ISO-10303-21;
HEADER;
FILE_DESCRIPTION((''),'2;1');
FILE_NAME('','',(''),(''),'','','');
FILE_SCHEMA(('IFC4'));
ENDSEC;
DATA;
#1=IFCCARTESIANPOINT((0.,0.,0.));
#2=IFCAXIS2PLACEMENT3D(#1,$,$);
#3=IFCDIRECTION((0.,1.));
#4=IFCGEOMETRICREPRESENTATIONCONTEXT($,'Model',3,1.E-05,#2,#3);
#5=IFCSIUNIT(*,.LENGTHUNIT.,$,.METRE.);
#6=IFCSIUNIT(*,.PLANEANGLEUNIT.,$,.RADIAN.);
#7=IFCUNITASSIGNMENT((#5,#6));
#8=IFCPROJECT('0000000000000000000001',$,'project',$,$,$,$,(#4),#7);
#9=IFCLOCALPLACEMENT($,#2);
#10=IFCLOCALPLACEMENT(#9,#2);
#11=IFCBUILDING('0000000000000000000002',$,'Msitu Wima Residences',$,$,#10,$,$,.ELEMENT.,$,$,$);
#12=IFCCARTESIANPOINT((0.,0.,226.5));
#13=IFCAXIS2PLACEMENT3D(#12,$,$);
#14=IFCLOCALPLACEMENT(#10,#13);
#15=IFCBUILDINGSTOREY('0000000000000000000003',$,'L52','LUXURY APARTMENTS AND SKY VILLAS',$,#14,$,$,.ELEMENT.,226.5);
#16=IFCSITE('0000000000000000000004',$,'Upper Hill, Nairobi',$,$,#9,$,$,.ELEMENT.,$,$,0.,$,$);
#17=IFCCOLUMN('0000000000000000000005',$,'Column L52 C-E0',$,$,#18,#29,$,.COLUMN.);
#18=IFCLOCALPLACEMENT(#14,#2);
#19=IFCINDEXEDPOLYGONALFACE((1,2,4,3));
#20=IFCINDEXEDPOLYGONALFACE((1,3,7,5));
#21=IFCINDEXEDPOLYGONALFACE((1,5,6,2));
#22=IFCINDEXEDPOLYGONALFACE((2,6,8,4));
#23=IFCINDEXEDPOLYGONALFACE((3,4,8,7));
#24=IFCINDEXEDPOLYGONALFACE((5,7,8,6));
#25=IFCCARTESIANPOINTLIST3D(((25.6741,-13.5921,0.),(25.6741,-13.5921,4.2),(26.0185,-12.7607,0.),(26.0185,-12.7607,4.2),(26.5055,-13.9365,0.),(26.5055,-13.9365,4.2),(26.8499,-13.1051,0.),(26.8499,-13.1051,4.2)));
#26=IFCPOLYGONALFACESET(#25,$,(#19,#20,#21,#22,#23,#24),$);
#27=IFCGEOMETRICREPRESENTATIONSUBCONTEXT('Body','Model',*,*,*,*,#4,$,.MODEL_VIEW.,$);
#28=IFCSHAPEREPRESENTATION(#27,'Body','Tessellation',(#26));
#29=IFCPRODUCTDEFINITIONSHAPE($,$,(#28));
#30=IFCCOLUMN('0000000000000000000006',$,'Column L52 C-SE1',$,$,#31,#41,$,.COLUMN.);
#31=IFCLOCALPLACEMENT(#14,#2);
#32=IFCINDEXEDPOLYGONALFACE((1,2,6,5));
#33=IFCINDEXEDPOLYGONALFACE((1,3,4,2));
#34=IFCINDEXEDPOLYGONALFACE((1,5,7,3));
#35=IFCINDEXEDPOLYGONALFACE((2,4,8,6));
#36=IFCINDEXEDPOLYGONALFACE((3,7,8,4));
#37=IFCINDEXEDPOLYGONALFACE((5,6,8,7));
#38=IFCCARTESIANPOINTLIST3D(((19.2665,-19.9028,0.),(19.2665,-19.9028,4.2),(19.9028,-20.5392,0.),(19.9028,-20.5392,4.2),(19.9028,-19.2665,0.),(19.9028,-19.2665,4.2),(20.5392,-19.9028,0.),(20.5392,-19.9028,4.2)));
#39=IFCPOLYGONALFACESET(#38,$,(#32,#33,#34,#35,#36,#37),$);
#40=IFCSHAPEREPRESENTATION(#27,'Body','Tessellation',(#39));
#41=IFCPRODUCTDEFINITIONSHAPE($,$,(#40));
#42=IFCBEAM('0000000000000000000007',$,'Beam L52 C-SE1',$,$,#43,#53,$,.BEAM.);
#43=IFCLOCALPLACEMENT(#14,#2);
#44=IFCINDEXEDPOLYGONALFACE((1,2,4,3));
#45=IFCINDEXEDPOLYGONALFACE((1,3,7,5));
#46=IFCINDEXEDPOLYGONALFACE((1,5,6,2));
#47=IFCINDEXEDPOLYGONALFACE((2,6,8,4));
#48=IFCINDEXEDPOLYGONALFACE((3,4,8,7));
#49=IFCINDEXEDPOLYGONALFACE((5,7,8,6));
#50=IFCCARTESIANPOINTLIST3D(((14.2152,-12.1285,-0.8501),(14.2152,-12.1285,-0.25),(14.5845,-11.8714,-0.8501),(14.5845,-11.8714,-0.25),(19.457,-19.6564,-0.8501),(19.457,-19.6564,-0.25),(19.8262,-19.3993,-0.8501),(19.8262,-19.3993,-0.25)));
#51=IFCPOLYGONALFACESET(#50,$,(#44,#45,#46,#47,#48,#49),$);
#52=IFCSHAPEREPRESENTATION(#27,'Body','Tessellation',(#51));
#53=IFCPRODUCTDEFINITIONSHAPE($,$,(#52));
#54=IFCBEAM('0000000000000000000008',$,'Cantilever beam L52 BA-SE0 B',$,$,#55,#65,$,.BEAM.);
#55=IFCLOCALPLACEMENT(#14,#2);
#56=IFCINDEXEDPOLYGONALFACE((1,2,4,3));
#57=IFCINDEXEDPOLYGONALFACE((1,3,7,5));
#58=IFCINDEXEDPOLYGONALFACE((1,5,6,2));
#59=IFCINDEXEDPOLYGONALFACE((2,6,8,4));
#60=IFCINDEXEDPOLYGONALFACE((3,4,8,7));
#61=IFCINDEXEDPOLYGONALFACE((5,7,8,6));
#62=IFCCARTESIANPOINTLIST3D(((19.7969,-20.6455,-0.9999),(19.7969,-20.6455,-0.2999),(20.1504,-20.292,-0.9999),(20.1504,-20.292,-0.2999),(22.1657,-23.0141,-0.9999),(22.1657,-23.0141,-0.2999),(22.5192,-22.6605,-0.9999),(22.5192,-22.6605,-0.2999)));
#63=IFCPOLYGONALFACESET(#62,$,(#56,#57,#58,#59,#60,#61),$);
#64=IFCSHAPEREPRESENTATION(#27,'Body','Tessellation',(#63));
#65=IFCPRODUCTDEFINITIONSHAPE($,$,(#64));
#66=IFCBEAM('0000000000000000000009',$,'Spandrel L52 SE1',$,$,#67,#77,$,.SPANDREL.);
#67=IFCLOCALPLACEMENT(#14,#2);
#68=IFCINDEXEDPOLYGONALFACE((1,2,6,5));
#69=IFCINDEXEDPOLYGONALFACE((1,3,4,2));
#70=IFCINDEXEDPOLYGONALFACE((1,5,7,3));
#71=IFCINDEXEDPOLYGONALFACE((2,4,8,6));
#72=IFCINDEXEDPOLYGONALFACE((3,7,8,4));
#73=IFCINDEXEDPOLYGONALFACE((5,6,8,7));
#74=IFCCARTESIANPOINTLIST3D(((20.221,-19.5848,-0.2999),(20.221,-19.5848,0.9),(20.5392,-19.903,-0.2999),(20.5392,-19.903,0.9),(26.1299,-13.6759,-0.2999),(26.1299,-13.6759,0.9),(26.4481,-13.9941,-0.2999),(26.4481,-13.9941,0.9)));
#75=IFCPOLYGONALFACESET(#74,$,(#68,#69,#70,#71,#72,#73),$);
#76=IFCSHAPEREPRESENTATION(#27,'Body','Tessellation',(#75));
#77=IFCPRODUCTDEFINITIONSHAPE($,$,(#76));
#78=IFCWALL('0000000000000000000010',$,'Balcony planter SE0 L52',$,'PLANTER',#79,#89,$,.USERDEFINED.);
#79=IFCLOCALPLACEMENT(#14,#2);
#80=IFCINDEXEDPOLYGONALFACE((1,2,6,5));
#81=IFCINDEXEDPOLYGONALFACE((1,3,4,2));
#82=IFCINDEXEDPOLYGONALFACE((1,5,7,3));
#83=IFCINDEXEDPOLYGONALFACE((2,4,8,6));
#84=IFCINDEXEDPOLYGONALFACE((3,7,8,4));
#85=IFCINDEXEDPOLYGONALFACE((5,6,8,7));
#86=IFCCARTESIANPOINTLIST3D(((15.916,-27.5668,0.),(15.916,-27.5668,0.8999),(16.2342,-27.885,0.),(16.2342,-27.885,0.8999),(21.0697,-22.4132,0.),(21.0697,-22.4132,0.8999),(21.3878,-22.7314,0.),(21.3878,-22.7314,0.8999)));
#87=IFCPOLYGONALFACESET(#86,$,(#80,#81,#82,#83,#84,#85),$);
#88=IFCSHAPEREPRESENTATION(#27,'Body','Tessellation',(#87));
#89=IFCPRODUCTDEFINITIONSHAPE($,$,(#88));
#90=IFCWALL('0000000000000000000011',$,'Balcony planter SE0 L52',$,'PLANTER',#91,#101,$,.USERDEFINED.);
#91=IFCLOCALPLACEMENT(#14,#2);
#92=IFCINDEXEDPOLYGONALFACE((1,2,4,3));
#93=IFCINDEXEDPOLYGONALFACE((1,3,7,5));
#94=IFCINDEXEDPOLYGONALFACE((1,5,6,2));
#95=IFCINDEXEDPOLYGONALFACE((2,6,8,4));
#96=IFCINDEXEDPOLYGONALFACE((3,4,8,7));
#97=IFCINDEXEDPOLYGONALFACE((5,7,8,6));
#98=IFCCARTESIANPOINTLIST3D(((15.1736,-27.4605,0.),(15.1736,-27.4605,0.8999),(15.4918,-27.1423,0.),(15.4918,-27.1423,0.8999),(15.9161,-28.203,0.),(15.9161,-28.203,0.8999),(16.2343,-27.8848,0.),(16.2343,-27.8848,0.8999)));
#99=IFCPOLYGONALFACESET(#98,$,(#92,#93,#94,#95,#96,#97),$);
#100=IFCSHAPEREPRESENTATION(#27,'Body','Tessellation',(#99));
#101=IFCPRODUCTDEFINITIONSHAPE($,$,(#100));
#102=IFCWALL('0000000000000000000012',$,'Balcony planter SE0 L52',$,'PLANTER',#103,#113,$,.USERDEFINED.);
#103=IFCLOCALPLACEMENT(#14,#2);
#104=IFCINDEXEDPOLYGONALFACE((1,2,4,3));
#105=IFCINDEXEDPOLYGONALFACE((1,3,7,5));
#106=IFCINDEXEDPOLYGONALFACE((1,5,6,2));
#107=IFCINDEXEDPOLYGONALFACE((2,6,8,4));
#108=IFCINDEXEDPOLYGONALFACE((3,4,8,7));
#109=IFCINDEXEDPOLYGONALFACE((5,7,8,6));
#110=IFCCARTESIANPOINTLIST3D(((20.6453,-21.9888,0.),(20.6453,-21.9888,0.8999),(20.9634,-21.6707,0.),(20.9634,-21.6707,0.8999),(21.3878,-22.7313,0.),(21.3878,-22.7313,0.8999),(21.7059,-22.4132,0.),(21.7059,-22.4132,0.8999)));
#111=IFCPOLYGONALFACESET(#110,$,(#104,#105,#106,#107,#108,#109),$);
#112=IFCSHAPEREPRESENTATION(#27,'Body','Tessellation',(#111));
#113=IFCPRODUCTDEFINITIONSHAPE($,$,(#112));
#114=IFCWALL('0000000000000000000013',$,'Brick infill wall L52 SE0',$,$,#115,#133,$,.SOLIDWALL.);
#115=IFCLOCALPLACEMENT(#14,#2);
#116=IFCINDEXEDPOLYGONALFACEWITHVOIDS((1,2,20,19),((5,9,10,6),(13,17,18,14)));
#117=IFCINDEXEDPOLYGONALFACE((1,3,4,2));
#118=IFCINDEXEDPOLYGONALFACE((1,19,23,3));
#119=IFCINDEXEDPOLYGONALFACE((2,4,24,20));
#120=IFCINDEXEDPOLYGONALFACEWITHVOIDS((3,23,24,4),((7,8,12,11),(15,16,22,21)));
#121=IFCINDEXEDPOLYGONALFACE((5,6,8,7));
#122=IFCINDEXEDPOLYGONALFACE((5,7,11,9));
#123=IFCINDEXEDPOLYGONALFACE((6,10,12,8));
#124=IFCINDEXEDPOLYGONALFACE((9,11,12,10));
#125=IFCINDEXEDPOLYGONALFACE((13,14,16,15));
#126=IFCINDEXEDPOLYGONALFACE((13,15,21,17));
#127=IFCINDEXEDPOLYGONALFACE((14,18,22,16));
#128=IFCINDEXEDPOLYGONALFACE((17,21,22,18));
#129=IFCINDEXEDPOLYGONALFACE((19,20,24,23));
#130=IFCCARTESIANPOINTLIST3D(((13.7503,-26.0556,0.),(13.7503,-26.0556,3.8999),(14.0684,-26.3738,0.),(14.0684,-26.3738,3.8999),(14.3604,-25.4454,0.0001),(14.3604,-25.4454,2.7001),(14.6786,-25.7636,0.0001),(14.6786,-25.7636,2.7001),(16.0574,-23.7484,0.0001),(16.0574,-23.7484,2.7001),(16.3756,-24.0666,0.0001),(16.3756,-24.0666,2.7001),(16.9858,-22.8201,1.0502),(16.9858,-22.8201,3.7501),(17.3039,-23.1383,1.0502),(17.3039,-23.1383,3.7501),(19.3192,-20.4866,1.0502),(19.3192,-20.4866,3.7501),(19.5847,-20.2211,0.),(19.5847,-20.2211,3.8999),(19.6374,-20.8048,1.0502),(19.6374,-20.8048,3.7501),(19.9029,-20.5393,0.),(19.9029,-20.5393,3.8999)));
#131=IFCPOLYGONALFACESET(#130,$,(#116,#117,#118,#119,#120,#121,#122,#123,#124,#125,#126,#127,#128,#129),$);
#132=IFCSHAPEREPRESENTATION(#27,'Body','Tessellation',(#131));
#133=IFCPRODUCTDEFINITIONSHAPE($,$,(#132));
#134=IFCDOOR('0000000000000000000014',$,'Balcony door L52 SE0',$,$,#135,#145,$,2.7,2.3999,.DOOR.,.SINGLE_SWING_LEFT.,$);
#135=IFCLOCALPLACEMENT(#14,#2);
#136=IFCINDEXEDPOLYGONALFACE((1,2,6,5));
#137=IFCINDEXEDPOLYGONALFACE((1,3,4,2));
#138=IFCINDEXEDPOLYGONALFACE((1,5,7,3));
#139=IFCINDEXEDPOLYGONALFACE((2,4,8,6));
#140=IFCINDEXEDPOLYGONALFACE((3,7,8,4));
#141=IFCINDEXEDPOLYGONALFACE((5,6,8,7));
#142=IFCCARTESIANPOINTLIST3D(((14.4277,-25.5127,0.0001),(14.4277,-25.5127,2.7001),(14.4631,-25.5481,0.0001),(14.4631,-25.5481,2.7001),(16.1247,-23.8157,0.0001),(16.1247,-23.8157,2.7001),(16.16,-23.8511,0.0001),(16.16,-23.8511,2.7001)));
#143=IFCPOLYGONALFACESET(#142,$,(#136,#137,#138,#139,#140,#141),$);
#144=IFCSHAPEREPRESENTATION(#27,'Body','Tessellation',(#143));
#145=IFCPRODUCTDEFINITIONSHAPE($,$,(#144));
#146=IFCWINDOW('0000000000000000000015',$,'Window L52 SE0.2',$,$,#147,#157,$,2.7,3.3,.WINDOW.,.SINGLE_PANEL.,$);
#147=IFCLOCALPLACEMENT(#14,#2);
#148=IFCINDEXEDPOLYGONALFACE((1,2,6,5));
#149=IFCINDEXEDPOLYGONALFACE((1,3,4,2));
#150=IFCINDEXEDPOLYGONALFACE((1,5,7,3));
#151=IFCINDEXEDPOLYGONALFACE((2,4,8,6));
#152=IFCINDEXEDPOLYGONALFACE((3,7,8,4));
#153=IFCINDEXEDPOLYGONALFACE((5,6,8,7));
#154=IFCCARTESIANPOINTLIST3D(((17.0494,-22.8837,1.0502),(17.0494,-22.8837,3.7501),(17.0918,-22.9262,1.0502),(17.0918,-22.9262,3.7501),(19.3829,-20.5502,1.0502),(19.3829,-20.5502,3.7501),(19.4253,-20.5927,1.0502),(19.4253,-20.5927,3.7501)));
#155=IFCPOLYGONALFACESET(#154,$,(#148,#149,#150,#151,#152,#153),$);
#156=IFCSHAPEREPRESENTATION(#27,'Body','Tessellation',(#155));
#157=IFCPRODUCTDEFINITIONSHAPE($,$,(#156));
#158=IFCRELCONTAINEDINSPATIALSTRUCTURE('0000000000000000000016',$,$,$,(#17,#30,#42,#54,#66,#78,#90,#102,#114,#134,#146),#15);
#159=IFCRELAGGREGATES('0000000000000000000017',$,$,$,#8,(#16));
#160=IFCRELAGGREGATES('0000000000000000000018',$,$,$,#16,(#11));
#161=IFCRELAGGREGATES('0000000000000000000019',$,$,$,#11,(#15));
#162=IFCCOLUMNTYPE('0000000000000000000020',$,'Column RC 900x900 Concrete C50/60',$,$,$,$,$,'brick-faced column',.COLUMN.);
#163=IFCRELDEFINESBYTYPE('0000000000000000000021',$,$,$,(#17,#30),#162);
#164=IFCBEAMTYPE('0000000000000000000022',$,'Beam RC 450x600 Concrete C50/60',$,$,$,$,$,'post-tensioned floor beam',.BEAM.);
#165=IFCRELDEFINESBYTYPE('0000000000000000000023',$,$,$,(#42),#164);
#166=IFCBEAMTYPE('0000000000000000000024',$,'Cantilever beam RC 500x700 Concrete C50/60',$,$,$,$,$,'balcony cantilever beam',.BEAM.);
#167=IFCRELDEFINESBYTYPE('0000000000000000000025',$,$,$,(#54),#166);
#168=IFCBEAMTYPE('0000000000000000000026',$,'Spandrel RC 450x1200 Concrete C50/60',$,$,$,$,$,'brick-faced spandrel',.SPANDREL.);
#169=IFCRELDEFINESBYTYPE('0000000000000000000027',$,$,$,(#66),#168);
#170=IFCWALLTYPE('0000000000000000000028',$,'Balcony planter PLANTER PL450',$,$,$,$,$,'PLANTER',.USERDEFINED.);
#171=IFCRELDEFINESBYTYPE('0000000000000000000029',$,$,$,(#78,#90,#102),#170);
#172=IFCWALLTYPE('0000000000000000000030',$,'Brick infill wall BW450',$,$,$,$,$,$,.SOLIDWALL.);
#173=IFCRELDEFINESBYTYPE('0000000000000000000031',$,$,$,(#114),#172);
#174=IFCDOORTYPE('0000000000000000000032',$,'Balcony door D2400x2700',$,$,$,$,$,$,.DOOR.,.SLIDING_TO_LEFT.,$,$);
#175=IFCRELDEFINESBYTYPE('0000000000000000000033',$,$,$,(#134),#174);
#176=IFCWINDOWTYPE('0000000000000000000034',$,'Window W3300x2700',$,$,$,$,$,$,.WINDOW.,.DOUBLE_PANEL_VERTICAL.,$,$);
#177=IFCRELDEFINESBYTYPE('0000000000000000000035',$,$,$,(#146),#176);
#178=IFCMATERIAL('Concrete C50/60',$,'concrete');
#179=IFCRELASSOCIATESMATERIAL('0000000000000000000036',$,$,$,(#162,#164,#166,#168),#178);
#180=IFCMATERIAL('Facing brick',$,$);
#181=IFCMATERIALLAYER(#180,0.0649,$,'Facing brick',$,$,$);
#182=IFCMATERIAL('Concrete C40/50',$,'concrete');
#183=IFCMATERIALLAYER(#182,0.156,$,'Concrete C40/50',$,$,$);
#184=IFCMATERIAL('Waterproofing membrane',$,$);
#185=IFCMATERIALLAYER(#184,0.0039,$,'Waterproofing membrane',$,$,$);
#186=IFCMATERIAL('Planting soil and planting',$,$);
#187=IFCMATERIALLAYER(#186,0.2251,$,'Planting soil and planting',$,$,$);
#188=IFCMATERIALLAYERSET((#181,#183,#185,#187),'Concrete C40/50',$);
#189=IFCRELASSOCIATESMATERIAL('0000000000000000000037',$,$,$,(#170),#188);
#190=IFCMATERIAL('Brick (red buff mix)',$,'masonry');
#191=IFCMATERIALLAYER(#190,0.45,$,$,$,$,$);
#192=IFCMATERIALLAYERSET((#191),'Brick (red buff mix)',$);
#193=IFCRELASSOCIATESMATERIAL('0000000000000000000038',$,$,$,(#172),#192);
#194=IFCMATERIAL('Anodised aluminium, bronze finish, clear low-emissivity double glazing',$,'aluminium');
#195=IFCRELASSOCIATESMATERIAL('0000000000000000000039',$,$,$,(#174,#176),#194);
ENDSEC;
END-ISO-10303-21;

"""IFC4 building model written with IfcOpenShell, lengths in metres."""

from ifc_helpers import new_model, si_unit, direction, frame, frame_2d, origin, origin_2d, place, context, subcontext, project, spatial, rectangle, extrude, material, layer, layer_set, material_profile, profile_set, type_object, element, fill, save


model = new_model("IFC4")

# Units and contexts
model_context = context("Model", 3, precision=1e-05, world=origin(), true_north=direction((0.0, 1.0)))
body_context = subcontext(model_context, "Body", "Model", "MODEL_VIEW")
ifc_project = project(units=[si_unit("LENGTHUNIT", "METRE"), si_unit("PLANEANGLEUNIT", "RADIAN")], contexts=[model_context])

# Site, building, storey
site_placement = place(None, origin())
site = spatial("IfcSite", under=ifc_project, at=site_placement, Name="Upper Hill, Nairobi", CompositionType="ELEMENT", RefElevation=0.0)
building_placement = place(site_placement, origin())
building = spatial("IfcBuilding", under=site, at=building_placement, Name="Msitu Wima Residences", CompositionType="ELEMENT")
storey_placement = place(building_placement, frame((0.0, 0.0, 226.5)))
storey = spatial("IfcBuildingStorey", under=building, at=storey_placement, Name="L52", Description="LUXURY APARTMENTS AND SKY VILLAS", CompositionType="ELEMENT", Elevation=226.5)

# Columns
ifc_material_1 = material(Name="Concrete C50/60", Category="concrete")
ifc_material_profile_1 = material_profile(ifc_material_1, rectangle(XDim=0.8999, YDim=0.8999, at=origin_2d()), Name="RC 900x900")
ifc_profile_set_1 = profile_set([ifc_material_profile_1], Name="Concrete C50/60")
column_type = type_object("IfcColumnType", Name="Column RC 900x900 Concrete C50/60", ElementType="brick-faced column", PredefinedType="COLUMN", material=ifc_profile_set_1)
for number, where, z_axis, x_axis, name in (
    (1, (26.262, -13.3486, 0.0), (0.0, 0.0, 1.0), (0.382683, 0.92388, 0.0), "Column L52 C-E0"),
    (2, (19.9028, -19.9028, 0.0), (0.0, 0.0, 1.0), (0.707107, 0.707107, 0.0), "Column L52 C-SE1"),
):
    element("IfcColumn", number, at=place(storey_placement, frame(where, z_axis=z_axis, x_axis=x_axis)), inside=storey, type_object=column_type, Name=name, PredefinedType="COLUMN", context=body_context, shape_type="SweptSolid", body=[
        extrude(rectangle(XDim=0.8999, YDim=0.8999, at=origin_2d()), origin(), (0.0, 0.0, 1.0), 4.2),
    ])

# Beams
ifc_material_profile_2 = material_profile(ifc_material_1, rectangle(XDim=0.45, YDim=0.6001, at=origin_2d()), Name="RC 450x600")
ifc_profile_set_2 = profile_set([ifc_material_profile_2], Name="Concrete C50/60")
beam_type_1 = type_object("IfcBeamType", Name="Beam RC 450x600 Concrete C50/60", ElementType="post-tensioned floor beam", PredefinedType="BEAM", material=ifc_profile_set_2)
beam_1_placement = place(storey_placement, frame((19.6416, -19.5278, -0.55), z_axis=(-0.571428, 0.820652, 0.0), x_axis=(-0.820652, -0.571428, 0.0)))
element("IfcBeam", 3, at=beam_1_placement, inside=storey, type_object=beam_type_1, Name="Beam L52 C-SE1", PredefinedType="BEAM", context=body_context, shape_type="SweptSolid", body=[
    extrude(rectangle(XDim=0.45, YDim=0.6001, at=origin_2d()), origin(), (0.0, 0.0, 1.0), 9.1731),
])
ifc_material_profile_3 = material_profile(ifc_material_1, rectangle(XDim=0.5, YDim=0.7, at=origin_2d()), Name="RC 500x700")
ifc_profile_set_3 = profile_set([ifc_material_profile_3], Name="Concrete C50/60")
beam_type_2 = type_object("IfcBeamType", Name="Cantilever beam RC 500x700 Concrete C50/60", ElementType="balcony cantilever beam", PredefinedType="BEAM", material=ifc_profile_set_3)
beam_2_placement = place(storey_placement, frame((19.9736, -20.4688, -0.6499), z_axis=(0.707143, -0.70707, 0.0), x_axis=(0.70707, 0.707143, 0.0)))
element("IfcBeam", 4, at=beam_2_placement, inside=storey, type_object=beam_type_2, Name="Cantilever beam L52 BA-SE0 B", PredefinedType="BEAM", context=body_context, shape_type="SweptSolid", body=[
    extrude(rectangle(XDim=0.5, YDim=0.7, at=origin_2d()), origin(), (0.0, 0.0, 1.0), 3.3499),
])
ifc_material_profile_4 = material_profile(ifc_material_1, rectangle(XDim=0.45, YDim=1.2, at=origin_2d()), Name="RC 450x1200")
ifc_profile_set_4 = profile_set([ifc_material_profile_4], Name="Concrete C50/60")
beam_type_3 = type_object("IfcBeamType", Name="Spandrel RC 450x1200 Concrete C50/60", ElementType="brick-faced spandrel", PredefinedType="SPANDREL", material=ifc_profile_set_4)
beam_3_placement = place(storey_placement, frame((20.3801, -19.7439, 0.3), z_axis=(0.707107, 0.707107, 0.0), x_axis=(-0.707107, 0.707107, 0.0)))
element("IfcBeam", 5, at=beam_3_placement, inside=storey, type_object=beam_type_3, Name="Spandrel L52 SE1", PredefinedType="SPANDREL", context=body_context, shape_type="SweptSolid", body=[
    extrude(rectangle(XDim=0.45, YDim=1.2, at=origin_2d()), origin(), (0.0, 0.0, 1.0), 8.3564),
])

# Walls
ifc_material_2 = material(Name="Facing brick")
ifc_layer_1 = layer(ifc_material_2, 0.0649, Name="Facing brick")
ifc_material_3 = material(Name="Concrete C40/50", Category="concrete")
ifc_layer_2 = layer(ifc_material_3, 0.156, Name="Concrete C40/50")
ifc_material_4 = material(Name="Waterproofing membrane")
ifc_layer_3 = layer(ifc_material_4, 0.0039, Name="Waterproofing membrane")
ifc_material_5 = material(Name="Planting soil and planting")
ifc_layer_4 = layer(ifc_material_5, 0.2251, Name="Planting soil and planting")
ifc_layer_set_1 = layer_set([ifc_layer_1, ifc_layer_2, ifc_layer_3, ifc_layer_4], Name="Concrete C40/50")
wall_type_1 = type_object("IfcWallType", Name="Balcony planter PLANTER PL450", ElementType="PLANTER", PredefinedType="USERDEFINED", material=ifc_layer_set_1)
wall_1_placement = place(storey_placement, frame((16.0752, -27.7258, 0.0), z_axis=(0.0, 0.0, 1.0), x_axis=(0.707107, 0.707107, 0.0)))
element("IfcWall", 6, at=wall_1_placement, inside=storey, type_object=wall_type_1, Name="Balcony planter SE0 L52", ObjectType="PLANTER", PredefinedType="USERDEFINED", context=body_context, shape_type="SweptSolid", body=[
    extrude(rectangle(XDim=7.2883, YDim=0.45, at=frame_2d((3.644, 0.0))), origin(), (0.0, 0.0, 1.0), 0.8999),
])
for number, where, z_axis, x_axis, name in (
    (7, (15.3328, -27.3015, 0.0), (0.0, 0.0, 1.0), (0.707107, -0.707107, 0.0), "Balcony planter SE0 L52"),
    (8, (20.8044, -21.8298, 0.0), (0.0, 0.0, 1.0), (0.707107, -0.707107, 0.0), "Balcony planter SE0 L52"),
):
    element("IfcWall", number, at=place(storey_placement, frame(where, z_axis=z_axis, x_axis=x_axis)), inside=storey, type_object=wall_type_1, Name=name, ObjectType="PLANTER", PredefinedType="USERDEFINED", context=body_context, shape_type="SweptSolid", body=[
        extrude(rectangle(XDim=1.05, YDim=0.45, at=frame_2d((0.5249, 0.0))), origin(), (0.0, 0.0, 1.0), 0.8999),
    ])

# Wall, openings, door, window
ifc_material_6 = material(Name="Brick (red buff mix)", Category="masonry")
ifc_layer_5 = layer(ifc_material_6, 0.45)
ifc_layer_set_2 = layer_set([ifc_layer_5], Name="Brick (red buff mix)")
wall_type_2 = type_object("IfcWallType", Name="Brick infill wall BW450", PredefinedType="SOLIDWALL", material=ifc_layer_set_2)
wall_2_placement = place(storey_placement, frame((13.9094, -26.2146, 0.0), z_axis=(0.0, 0.0, 1.0), x_axis=(0.707107, 0.707107, 0.0)))
wall_2 = element("IfcWall", 9, at=wall_2_placement, inside=storey, type_object=wall_type_2, Name="Brick infill wall L52 SE0", PredefinedType="SOLIDWALL", context=body_context, shape_type="SweptSolid", body=[
    extrude(rectangle(XDim=8.2512, YDim=0.45, at=frame_2d((4.1255, 0.0))), origin(), (0.0, 0.0, 1.0), 3.8999),
])
opening_1_placement = place(wall_2_placement, frame((0.8628, 0.0, 0.0)))
opening_1 = element("IfcOpeningElement", 10, at=opening_1_placement, cuts=wall_2, PredefinedType="OPENING", context=body_context, shape_type="SweptSolid", body=[
    extrude(rectangle(XDim=2.3999, YDim=2.7, at=frame_2d((1.2, 1.3501))), frame((0.0, 0.2349, 0.0), z_axis=(0.0, -1.0, 0.0), x_axis=(1.0, 0.0, 0.0)), (0.0, 0.0, 1.0), 0.47),
])
opening_2_placement = place(wall_2_placement, frame((4.5757, 0.0, 1.05)))
opening_2 = element("IfcOpeningElement", 11, at=opening_2_placement, cuts=wall_2, PredefinedType="OPENING", context=body_context, shape_type="SweptSolid", body=[
    extrude(rectangle(XDim=3.3, YDim=2.7, at=frame_2d((1.6499, 1.3501))), frame((0.0, 0.2349, 0.0), z_axis=(0.0, -1.0, 0.0), x_axis=(1.0, 0.0, 0.0)), (0.0, 0.0, 1.0), 0.47),
])
ifc_material_7 = material(Name="Anodised aluminium, bronze finish, clear low-emissivity double glazing", Category="aluminium")
door_type_1 = type_object("IfcDoorType", Name="Balcony door D2400x2700", OperationType="SLIDING_TO_LEFT", PredefinedType="DOOR", material=ifc_material_7)
door_1_placement = place(opening_1_placement, origin())
door_1 = element("IfcDoor", 12, at=door_1_placement, inside=storey, type_object=door_type_1, Name="Balcony door L52 SE0", OperationType="SINGLE_SWING_LEFT", OverallHeight=2.7, OverallWidth=2.3999, PredefinedType="DOOR", context=body_context, shape_type="SweptSolid", body=[
    extrude(rectangle(XDim=2.3999, YDim=2.7, at=frame_2d((1.2, 1.3501))), frame((0.0, 0.1299, 0.0), z_axis=(0.0, -1.0, 0.0), x_axis=(1.0, 0.0, 0.0)), (0.0, 0.0, 1.0), 0.05),
])
fill(opening_1, door_1)
window_type = type_object("IfcWindowType", Name="Window W3300x2700", PartitioningType="DOUBLE_PANEL_VERTICAL", PredefinedType="WINDOW", material=ifc_material_7)
window_1_placement = place(opening_2_placement, origin())
window_1 = element("IfcWindow", 13, at=window_1_placement, inside=storey, type_object=window_type, Name="Window L52 SE0.2", OverallHeight=2.7, OverallWidth=3.3, PartitioningType="SINGLE_PANEL", PredefinedType="WINDOW", context=body_context, shape_type="SweptSolid", body=[
    extrude(rectangle(XDim=3.3, YDim=2.7, at=frame_2d((1.6499, 1.3501))), frame((0.0, 0.135, 0.0), z_axis=(0.0, -1.0, 0.0), x_axis=(1.0, 0.0, 0.0)), (0.0, 0.0, 1.0), 0.0601),
])
fill(opening_2, window_1)

save(model, "model.ifc")
